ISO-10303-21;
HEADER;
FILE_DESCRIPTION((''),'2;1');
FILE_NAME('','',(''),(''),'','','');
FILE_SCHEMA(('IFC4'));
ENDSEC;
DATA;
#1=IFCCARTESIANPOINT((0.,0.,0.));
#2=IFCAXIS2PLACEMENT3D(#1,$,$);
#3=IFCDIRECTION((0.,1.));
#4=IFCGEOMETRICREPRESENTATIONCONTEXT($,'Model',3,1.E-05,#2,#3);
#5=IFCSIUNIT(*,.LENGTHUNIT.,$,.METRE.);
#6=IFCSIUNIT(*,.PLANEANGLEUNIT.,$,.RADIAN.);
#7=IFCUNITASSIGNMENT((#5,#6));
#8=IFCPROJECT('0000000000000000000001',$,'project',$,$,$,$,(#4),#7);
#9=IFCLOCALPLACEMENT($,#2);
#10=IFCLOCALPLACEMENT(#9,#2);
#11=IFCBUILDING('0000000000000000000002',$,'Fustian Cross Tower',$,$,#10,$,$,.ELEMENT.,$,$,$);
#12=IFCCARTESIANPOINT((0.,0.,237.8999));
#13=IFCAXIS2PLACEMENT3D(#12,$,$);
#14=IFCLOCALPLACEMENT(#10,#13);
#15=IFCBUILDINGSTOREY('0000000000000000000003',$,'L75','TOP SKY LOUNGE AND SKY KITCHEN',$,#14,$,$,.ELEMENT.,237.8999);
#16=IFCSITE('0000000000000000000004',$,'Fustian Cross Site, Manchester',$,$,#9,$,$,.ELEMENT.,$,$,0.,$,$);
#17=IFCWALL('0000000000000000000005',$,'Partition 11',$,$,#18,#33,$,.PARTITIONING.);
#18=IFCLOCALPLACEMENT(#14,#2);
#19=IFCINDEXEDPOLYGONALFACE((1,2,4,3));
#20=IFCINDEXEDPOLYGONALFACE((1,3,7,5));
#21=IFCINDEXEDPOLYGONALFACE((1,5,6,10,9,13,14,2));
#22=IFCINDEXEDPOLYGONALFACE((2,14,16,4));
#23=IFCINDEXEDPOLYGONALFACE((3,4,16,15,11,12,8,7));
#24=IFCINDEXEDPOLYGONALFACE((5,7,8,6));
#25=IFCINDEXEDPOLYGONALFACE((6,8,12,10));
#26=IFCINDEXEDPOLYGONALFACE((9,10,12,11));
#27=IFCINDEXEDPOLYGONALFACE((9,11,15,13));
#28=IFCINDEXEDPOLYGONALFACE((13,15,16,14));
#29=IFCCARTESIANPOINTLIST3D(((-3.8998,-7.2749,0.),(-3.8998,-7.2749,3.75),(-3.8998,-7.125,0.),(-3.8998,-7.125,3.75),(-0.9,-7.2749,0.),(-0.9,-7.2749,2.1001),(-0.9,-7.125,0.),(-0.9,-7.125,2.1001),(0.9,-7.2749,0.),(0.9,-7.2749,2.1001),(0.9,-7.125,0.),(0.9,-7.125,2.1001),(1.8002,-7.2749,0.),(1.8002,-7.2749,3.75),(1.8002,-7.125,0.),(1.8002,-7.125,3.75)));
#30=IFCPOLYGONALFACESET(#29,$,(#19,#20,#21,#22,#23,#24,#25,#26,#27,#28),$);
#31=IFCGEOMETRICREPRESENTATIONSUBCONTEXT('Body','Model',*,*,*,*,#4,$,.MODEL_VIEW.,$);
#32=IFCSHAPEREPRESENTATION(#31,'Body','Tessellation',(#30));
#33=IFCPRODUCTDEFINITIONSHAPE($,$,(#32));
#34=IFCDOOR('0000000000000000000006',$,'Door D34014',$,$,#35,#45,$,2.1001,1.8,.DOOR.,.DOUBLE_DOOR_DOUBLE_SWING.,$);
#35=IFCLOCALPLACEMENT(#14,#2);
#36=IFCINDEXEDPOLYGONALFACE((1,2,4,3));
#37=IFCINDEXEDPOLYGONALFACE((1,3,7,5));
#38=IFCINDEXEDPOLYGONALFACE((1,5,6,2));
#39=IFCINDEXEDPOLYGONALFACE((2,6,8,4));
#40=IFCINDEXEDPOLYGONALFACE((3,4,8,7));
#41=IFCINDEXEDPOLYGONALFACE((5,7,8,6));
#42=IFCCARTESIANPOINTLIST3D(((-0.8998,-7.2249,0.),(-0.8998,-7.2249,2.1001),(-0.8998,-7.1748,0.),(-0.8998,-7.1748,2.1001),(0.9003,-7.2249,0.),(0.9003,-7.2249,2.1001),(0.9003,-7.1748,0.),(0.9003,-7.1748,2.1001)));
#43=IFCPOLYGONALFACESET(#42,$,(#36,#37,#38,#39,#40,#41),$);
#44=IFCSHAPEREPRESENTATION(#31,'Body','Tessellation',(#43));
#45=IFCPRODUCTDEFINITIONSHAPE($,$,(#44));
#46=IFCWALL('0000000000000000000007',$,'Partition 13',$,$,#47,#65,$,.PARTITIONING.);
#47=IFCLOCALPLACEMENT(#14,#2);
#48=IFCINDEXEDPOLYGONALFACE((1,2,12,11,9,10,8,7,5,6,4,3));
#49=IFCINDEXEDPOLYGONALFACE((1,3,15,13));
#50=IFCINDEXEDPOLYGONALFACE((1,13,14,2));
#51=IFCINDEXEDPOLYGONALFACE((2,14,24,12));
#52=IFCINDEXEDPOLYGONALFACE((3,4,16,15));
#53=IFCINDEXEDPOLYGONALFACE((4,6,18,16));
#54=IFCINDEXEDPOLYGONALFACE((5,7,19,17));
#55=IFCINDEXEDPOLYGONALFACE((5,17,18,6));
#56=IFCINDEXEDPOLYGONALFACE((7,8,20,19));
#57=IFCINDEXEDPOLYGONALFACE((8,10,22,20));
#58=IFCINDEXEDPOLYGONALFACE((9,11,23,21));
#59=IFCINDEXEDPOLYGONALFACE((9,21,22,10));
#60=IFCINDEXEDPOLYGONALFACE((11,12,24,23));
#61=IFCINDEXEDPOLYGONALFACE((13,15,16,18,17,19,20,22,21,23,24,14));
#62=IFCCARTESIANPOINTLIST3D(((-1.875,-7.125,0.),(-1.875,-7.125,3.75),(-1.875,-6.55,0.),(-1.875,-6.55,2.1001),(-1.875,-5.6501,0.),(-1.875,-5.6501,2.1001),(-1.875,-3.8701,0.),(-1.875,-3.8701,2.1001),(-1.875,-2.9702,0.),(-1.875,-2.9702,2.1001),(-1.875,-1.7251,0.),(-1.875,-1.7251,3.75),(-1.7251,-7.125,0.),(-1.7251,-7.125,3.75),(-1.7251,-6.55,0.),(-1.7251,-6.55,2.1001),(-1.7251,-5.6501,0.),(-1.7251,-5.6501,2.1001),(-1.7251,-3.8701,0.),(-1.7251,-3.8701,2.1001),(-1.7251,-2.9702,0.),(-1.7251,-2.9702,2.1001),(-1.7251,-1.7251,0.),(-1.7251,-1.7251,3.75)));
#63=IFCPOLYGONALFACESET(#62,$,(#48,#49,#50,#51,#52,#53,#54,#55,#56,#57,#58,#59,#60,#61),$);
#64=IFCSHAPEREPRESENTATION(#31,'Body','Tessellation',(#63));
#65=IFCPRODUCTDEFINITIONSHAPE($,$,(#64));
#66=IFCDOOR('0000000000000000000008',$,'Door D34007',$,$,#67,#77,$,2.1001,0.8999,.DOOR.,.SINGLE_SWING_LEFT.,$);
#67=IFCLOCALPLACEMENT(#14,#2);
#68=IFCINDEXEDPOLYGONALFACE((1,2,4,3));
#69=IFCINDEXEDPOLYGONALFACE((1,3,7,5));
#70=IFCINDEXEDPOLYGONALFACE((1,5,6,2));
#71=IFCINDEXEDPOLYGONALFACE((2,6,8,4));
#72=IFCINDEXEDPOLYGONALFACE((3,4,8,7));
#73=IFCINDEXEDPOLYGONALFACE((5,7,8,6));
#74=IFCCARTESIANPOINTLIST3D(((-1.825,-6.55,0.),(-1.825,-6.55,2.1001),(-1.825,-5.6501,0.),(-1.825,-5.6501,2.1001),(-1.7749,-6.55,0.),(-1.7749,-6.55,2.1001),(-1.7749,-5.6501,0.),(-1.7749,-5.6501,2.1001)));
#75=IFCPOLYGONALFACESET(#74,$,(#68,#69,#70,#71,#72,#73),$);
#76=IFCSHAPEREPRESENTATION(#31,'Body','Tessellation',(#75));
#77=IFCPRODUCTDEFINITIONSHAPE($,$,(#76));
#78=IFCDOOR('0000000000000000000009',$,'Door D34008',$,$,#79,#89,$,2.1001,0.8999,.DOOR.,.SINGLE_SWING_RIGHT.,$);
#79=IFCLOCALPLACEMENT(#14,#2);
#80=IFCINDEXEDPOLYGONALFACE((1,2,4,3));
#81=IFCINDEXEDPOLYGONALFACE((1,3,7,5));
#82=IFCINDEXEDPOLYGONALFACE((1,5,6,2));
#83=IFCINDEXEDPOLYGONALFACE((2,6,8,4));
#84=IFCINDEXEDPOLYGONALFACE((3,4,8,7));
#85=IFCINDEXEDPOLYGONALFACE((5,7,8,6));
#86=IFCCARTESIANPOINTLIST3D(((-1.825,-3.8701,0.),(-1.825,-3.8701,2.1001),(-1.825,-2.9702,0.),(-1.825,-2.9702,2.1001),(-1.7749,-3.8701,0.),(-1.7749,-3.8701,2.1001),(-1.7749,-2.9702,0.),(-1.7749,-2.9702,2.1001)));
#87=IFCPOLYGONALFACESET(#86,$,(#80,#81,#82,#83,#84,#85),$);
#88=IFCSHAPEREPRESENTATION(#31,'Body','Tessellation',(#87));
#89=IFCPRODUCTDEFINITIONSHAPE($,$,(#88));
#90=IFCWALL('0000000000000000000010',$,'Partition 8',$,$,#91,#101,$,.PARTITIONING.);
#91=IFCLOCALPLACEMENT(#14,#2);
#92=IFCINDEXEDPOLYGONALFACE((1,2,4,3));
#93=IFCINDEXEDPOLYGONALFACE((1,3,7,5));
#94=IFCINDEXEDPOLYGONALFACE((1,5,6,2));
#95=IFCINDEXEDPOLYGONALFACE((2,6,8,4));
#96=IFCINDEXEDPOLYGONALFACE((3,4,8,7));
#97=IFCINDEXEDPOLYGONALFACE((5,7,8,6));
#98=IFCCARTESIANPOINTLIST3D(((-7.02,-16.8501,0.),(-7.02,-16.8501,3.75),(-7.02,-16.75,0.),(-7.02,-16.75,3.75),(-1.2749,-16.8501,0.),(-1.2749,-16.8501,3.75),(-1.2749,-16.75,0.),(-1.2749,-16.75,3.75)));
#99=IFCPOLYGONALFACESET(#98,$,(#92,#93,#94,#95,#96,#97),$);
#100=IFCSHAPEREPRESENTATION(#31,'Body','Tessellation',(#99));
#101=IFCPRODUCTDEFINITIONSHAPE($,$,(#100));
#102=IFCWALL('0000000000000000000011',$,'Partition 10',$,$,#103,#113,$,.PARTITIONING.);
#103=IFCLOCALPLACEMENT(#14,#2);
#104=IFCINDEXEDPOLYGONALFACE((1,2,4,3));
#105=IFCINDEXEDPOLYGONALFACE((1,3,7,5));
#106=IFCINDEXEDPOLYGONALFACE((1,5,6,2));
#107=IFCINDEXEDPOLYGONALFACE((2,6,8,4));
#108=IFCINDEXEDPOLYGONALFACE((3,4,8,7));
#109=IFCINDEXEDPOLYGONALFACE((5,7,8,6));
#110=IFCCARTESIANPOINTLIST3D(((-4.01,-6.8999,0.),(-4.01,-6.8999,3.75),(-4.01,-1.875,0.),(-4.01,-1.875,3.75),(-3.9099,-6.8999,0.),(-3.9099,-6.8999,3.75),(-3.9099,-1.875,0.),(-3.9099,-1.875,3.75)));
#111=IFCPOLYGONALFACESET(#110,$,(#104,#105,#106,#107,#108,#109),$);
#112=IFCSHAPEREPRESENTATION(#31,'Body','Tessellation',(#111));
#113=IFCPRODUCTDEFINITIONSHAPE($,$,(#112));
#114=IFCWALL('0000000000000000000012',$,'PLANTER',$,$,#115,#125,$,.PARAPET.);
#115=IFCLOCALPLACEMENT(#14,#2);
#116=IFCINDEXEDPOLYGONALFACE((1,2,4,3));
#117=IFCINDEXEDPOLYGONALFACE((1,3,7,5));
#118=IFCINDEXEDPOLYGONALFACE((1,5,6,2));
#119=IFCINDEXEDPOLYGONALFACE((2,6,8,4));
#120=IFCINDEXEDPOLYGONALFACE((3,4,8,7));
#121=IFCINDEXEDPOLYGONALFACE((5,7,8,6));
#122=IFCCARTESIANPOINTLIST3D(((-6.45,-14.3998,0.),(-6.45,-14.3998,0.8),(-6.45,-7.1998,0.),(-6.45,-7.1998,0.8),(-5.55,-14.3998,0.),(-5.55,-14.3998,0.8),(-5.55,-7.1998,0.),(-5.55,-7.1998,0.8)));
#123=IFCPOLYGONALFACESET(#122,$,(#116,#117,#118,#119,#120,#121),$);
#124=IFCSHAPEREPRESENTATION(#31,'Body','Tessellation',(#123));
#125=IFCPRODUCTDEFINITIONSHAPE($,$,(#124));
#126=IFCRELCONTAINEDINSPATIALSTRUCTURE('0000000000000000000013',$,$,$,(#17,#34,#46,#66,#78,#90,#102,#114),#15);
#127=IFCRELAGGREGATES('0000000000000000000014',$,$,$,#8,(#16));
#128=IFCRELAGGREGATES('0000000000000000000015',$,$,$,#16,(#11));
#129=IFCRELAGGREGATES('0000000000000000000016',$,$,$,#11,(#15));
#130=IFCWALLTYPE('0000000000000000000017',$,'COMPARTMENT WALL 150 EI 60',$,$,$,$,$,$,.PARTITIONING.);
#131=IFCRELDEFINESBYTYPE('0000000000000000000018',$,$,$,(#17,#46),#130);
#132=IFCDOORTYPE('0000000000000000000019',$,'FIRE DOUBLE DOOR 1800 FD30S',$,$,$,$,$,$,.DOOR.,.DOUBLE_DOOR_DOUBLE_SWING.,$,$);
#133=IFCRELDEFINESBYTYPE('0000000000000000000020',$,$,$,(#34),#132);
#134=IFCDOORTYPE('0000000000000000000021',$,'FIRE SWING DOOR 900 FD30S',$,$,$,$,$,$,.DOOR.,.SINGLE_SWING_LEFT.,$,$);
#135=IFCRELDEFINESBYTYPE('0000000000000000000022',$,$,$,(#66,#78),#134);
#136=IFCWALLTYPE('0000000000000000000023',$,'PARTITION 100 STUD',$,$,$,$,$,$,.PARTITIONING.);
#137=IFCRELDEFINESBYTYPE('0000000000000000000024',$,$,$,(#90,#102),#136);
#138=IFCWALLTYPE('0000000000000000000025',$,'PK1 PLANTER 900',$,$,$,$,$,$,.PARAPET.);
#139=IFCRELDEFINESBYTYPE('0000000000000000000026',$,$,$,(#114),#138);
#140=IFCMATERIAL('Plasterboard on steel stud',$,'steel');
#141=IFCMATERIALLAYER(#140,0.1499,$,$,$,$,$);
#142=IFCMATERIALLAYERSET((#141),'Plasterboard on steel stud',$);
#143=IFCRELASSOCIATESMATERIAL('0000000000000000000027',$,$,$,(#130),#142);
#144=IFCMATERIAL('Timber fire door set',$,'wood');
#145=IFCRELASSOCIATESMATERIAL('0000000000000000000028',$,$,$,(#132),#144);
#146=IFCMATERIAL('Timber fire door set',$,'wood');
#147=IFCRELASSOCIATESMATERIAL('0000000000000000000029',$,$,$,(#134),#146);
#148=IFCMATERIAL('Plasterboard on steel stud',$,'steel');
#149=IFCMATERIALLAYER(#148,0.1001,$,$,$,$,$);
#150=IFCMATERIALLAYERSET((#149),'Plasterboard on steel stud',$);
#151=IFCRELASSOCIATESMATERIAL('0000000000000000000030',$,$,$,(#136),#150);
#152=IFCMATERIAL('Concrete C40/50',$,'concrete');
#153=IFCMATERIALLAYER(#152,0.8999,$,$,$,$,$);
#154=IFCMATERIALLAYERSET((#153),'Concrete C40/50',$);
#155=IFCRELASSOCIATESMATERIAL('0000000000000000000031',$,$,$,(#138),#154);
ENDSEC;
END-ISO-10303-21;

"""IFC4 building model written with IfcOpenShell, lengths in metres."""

from ifc_helpers import new_model, si_unit, direction, frame, frame_2d, origin, place, context, subcontext, project, spatial, rectangle, extrude, material, layer, layer_set, type_object, element, fill, save


model = new_model("IFC4")

# Units and contexts
model_context = context("Model", 3, precision=1e-05, world=origin(), true_north=direction((0.0, 1.0)))
body_context = subcontext(model_context, "Body", "Model", "MODEL_VIEW")
ifc_project = project(units=[si_unit("LENGTHUNIT", "METRE"), si_unit("PLANEANGLEUNIT", "RADIAN")], contexts=[model_context])

# Site, building, storey
site_placement = place(None, origin())
site = spatial("IfcSite", under=ifc_project, at=site_placement, Name="Fustian Cross Site, Manchester", CompositionType="ELEMENT", RefElevation=0.0)
building_placement = place(site_placement, origin())
building = spatial("IfcBuilding", under=site, at=building_placement, Name="Fustian Cross Tower", CompositionType="ELEMENT")
storey_placement = place(building_placement, frame((0.0, 0.0, 237.8999)))
storey = spatial("IfcBuildingStorey", under=building, at=storey_placement, Name="L75", Description="TOP SKY LOUNGE AND SKY KITCHEN", CompositionType="ELEMENT", Elevation=237.8999)

# Wall, opening, door
ifc_material_1 = material(Name="Plasterboard on steel stud", Category="steel")
ifc_layer_1 = layer(ifc_material_1, 0.1499)
ifc_layer_set_1 = layer_set([ifc_layer_1], Name="Plasterboard on steel stud")
wall_type_1 = type_object("IfcWallType", Name="COMPARTMENT WALL 150 EI 60", PredefinedType="PARTITIONING", material=ifc_layer_set_1)
wall_1_placement = place(storey_placement, frame((-3.8999, -7.2, 0.0), z_axis=(0.0, 0.0, 1.0), x_axis=(1.0, 0.0, 0.0)))
wall_1 = element("IfcWall", 1, at=wall_1_placement, inside=storey, type_object=wall_type_1, Name="Partition 11", PredefinedType="PARTITIONING", context=body_context, shape_type="SweptSolid", body=[
    extrude(rectangle(XDim=5.7, YDim=0.1499, at=frame_2d((2.8501, 0.0))), origin(), (0.0, 0.0, 1.0), 3.75),
])
opening_1_placement = place(wall_1_placement, frame((3.0, 0.0, 0.0)))
opening_1 = element("IfcOpeningElement", 2, at=opening_1_placement, cuts=wall_1, PredefinedType="OPENING", context=body_context, shape_type="SweptSolid", body=[
    extrude(rectangle(XDim=1.8, YDim=2.1001, at=frame_2d((0.8999, 1.05))), frame((0.0, 0.085, 0.0), z_axis=(0.0, -1.0, 0.0), x_axis=(1.0, 0.0, 0.0)), (0.0, 0.0, 1.0), 0.1699),
])
ifc_material_2 = material(Name="Timber fire door set", Category="wood")
door_type_1 = type_object("IfcDoorType", Name="FIRE DOUBLE DOOR 1800 FD30S", OperationType="DOUBLE_DOOR_DOUBLE_SWING", PredefinedType="DOOR", material=ifc_material_2)
door_1_placement = place(opening_1_placement, frame((1.8, 0.0, 0.0), z_axis=(0.0, 0.0, 1.0), x_axis=(-1.0, 0.0, 0.0)))
door_1 = element("IfcDoor", 3, at=door_1_placement, inside=storey, type_object=door_type_1, Name="Door D34014", OperationType="DOUBLE_DOOR_DOUBLE_SWING", OverallHeight=2.1001, OverallWidth=1.8, PredefinedType="DOOR", context=body_context, shape_type="SweptSolid", body=[
    extrude(rectangle(XDim=1.8, YDim=2.1001, at=frame_2d((0.8999, 1.05))), frame((0.0, 0.0249, 0.0), z_axis=(0.0, -1.0, 0.0), x_axis=(1.0, 0.0, 0.0)), (0.0, 0.0, 1.0), 0.05),
])
fill(opening_1, door_1)

# Wall, openings, doors
wall_2_placement = place(storey_placement, frame((-1.8, -7.125, 0.0), z_axis=(0.0, 0.0, 1.0), x_axis=(0.0, 1.0, 0.0)))
wall_2 = element("IfcWall", 4, at=wall_2_placement, inside=storey, type_object=wall_type_1, Name="Partition 13", PredefinedType="PARTITIONING", context=body_context, shape_type="SweptSolid", body=[
    extrude(rectangle(XDim=5.3999, YDim=0.1499, at=frame_2d((2.7, 0.0))), origin(), (0.0, 0.0, 1.0), 3.75),
])
opening_2_placement = place(wall_2_placement, frame((0.575, 0.0, 0.0)))
opening_2 = element("IfcOpeningElement", 5, at=opening_2_placement, cuts=wall_2, PredefinedType="OPENING", context=body_context, shape_type="SweptSolid", body=[
    extrude(rectangle(XDim=0.8999, YDim=2.1001, at=frame_2d((0.45, 1.05))), frame((0.0, 0.085, 0.0), z_axis=(0.0, -1.0, 0.0), x_axis=(1.0, 0.0, 0.0)), (0.0, 0.0, 1.0), 0.1699),
])
opening_3_placement = place(wall_2_placement, frame((3.2549, 0.0, 0.0)))
opening_3 = element("IfcOpeningElement", 6, at=opening_3_placement, cuts=wall_2, PredefinedType="OPENING", context=body_context, shape_type="SweptSolid", body=[
    extrude(rectangle(XDim=0.8999, YDim=2.1001, at=frame_2d((0.45, 1.05))), frame((0.0, 0.085, 0.0), z_axis=(0.0, -1.0, 0.0), x_axis=(1.0, 0.0, 0.0)), (0.0, 0.0, 1.0), 0.1699),
])
ifc_material_3 = material(Name="Timber fire door set", Category="wood")
door_type_2 = type_object("IfcDoorType", Name="FIRE SWING DOOR 900 FD30S", OperationType="SINGLE_SWING_LEFT", PredefinedType="DOOR", material=ifc_material_3)
door_2_placement = place(opening_2_placement, origin())
door_2 = element("IfcDoor", 7, at=door_2_placement, inside=storey, type_object=door_type_2, Name="Door D34007", OperationType="SINGLE_SWING_LEFT", OverallHeight=2.1001, OverallWidth=0.8999, PredefinedType="DOOR", context=body_context, shape_type="SweptSolid", body=[
    extrude(rectangle(XDim=0.8999, YDim=2.1001, at=frame_2d((0.45, 1.05))), frame((0.0, 0.0249, 0.0), z_axis=(0.0, -1.0, 0.0), x_axis=(1.0, 0.0, 0.0)), (0.0, 0.0, 1.0), 0.05),
])
fill(opening_2, door_2)
door_3_placement = place(opening_3_placement, origin())
door_3 = element("IfcDoor", 8, at=door_3_placement, inside=storey, type_object=door_type_2, Name="Door D34008", OperationType="SINGLE_SWING_RIGHT", OverallHeight=2.1001, OverallWidth=0.8999, PredefinedType="DOOR", context=body_context, shape_type="SweptSolid", body=[
    extrude(rectangle(XDim=0.8999, YDim=2.1001, at=frame_2d((0.45, 1.05))), frame((0.0, 0.0249, 0.0), z_axis=(0.0, -1.0, 0.0), x_axis=(1.0, 0.0, 0.0)), (0.0, 0.0, 1.0), 0.05),
])
fill(opening_3, door_3)

# Walls
ifc_material_4 = material(Name="Plasterboard on steel stud", Category="steel")
ifc_layer_2 = layer(ifc_material_4, 0.1001)
ifc_layer_set_2 = layer_set([ifc_layer_2], Name="Plasterboard on steel stud")
wall_type_2 = type_object("IfcWallType", Name="PARTITION 100 STUD", PredefinedType="PARTITIONING", material=ifc_layer_set_2)
wall_3_placement = place(storey_placement, frame((-7.02, -16.8, 0.0), z_axis=(0.0, 0.0, 1.0), x_axis=(1.0, 0.0, 0.0)))
element("IfcWall", 9, at=wall_3_placement, inside=storey, type_object=wall_type_2, Name="Partition 8", PredefinedType="PARTITIONING", context=body_context, shape_type="SweptSolid", body=[
    extrude(rectangle(XDim=5.7451, YDim=0.1001, at=frame_2d((2.8726, 0.0))), origin(), (0.0, 0.0, 1.0), 3.75),
])
wall_4_placement = place(storey_placement, frame((-3.96, -6.8999, 0.0), z_axis=(0.0, 0.0, 1.0), x_axis=(0.0, 1.0, 0.0)))
element("IfcWall", 10, at=wall_4_placement, inside=storey, type_object=wall_type_2, Name="Partition 10", PredefinedType="PARTITIONING", context=body_context, shape_type="SweptSolid", body=[
    extrude(rectangle(XDim=5.0249, YDim=0.1001, at=frame_2d((2.5125, 0.0))), origin(), (0.0, 0.0, 1.0), 3.75),
])
ifc_material_5 = material(Name="Concrete C40/50", Category="concrete")
ifc_layer_3 = layer(ifc_material_5, 0.8999)
ifc_layer_set_3 = layer_set([ifc_layer_3], Name="Concrete C40/50")
wall_type_3 = type_object("IfcWallType", Name="PK1 PLANTER 900", PredefinedType="PARAPET", material=ifc_layer_set_3)
wall_5_placement = place(storey_placement, frame((-6.0, -14.3999, 0.0), z_axis=(0.0, 0.0, 1.0), x_axis=(0.0, 1.0, 0.0)))
element("IfcWall", 11, at=wall_5_placement, inside=storey, type_object=wall_type_3, Name="PLANTER", PredefinedType="PARAPET", context=body_context, shape_type="SweptSolid", body=[
    extrude(rectangle(XDim=7.2, YDim=0.8999, at=frame_2d((3.6001, 0.0))), origin(), (0.0, 0.0, 1.0), 0.8),
])

save(model, "model.ifc")
